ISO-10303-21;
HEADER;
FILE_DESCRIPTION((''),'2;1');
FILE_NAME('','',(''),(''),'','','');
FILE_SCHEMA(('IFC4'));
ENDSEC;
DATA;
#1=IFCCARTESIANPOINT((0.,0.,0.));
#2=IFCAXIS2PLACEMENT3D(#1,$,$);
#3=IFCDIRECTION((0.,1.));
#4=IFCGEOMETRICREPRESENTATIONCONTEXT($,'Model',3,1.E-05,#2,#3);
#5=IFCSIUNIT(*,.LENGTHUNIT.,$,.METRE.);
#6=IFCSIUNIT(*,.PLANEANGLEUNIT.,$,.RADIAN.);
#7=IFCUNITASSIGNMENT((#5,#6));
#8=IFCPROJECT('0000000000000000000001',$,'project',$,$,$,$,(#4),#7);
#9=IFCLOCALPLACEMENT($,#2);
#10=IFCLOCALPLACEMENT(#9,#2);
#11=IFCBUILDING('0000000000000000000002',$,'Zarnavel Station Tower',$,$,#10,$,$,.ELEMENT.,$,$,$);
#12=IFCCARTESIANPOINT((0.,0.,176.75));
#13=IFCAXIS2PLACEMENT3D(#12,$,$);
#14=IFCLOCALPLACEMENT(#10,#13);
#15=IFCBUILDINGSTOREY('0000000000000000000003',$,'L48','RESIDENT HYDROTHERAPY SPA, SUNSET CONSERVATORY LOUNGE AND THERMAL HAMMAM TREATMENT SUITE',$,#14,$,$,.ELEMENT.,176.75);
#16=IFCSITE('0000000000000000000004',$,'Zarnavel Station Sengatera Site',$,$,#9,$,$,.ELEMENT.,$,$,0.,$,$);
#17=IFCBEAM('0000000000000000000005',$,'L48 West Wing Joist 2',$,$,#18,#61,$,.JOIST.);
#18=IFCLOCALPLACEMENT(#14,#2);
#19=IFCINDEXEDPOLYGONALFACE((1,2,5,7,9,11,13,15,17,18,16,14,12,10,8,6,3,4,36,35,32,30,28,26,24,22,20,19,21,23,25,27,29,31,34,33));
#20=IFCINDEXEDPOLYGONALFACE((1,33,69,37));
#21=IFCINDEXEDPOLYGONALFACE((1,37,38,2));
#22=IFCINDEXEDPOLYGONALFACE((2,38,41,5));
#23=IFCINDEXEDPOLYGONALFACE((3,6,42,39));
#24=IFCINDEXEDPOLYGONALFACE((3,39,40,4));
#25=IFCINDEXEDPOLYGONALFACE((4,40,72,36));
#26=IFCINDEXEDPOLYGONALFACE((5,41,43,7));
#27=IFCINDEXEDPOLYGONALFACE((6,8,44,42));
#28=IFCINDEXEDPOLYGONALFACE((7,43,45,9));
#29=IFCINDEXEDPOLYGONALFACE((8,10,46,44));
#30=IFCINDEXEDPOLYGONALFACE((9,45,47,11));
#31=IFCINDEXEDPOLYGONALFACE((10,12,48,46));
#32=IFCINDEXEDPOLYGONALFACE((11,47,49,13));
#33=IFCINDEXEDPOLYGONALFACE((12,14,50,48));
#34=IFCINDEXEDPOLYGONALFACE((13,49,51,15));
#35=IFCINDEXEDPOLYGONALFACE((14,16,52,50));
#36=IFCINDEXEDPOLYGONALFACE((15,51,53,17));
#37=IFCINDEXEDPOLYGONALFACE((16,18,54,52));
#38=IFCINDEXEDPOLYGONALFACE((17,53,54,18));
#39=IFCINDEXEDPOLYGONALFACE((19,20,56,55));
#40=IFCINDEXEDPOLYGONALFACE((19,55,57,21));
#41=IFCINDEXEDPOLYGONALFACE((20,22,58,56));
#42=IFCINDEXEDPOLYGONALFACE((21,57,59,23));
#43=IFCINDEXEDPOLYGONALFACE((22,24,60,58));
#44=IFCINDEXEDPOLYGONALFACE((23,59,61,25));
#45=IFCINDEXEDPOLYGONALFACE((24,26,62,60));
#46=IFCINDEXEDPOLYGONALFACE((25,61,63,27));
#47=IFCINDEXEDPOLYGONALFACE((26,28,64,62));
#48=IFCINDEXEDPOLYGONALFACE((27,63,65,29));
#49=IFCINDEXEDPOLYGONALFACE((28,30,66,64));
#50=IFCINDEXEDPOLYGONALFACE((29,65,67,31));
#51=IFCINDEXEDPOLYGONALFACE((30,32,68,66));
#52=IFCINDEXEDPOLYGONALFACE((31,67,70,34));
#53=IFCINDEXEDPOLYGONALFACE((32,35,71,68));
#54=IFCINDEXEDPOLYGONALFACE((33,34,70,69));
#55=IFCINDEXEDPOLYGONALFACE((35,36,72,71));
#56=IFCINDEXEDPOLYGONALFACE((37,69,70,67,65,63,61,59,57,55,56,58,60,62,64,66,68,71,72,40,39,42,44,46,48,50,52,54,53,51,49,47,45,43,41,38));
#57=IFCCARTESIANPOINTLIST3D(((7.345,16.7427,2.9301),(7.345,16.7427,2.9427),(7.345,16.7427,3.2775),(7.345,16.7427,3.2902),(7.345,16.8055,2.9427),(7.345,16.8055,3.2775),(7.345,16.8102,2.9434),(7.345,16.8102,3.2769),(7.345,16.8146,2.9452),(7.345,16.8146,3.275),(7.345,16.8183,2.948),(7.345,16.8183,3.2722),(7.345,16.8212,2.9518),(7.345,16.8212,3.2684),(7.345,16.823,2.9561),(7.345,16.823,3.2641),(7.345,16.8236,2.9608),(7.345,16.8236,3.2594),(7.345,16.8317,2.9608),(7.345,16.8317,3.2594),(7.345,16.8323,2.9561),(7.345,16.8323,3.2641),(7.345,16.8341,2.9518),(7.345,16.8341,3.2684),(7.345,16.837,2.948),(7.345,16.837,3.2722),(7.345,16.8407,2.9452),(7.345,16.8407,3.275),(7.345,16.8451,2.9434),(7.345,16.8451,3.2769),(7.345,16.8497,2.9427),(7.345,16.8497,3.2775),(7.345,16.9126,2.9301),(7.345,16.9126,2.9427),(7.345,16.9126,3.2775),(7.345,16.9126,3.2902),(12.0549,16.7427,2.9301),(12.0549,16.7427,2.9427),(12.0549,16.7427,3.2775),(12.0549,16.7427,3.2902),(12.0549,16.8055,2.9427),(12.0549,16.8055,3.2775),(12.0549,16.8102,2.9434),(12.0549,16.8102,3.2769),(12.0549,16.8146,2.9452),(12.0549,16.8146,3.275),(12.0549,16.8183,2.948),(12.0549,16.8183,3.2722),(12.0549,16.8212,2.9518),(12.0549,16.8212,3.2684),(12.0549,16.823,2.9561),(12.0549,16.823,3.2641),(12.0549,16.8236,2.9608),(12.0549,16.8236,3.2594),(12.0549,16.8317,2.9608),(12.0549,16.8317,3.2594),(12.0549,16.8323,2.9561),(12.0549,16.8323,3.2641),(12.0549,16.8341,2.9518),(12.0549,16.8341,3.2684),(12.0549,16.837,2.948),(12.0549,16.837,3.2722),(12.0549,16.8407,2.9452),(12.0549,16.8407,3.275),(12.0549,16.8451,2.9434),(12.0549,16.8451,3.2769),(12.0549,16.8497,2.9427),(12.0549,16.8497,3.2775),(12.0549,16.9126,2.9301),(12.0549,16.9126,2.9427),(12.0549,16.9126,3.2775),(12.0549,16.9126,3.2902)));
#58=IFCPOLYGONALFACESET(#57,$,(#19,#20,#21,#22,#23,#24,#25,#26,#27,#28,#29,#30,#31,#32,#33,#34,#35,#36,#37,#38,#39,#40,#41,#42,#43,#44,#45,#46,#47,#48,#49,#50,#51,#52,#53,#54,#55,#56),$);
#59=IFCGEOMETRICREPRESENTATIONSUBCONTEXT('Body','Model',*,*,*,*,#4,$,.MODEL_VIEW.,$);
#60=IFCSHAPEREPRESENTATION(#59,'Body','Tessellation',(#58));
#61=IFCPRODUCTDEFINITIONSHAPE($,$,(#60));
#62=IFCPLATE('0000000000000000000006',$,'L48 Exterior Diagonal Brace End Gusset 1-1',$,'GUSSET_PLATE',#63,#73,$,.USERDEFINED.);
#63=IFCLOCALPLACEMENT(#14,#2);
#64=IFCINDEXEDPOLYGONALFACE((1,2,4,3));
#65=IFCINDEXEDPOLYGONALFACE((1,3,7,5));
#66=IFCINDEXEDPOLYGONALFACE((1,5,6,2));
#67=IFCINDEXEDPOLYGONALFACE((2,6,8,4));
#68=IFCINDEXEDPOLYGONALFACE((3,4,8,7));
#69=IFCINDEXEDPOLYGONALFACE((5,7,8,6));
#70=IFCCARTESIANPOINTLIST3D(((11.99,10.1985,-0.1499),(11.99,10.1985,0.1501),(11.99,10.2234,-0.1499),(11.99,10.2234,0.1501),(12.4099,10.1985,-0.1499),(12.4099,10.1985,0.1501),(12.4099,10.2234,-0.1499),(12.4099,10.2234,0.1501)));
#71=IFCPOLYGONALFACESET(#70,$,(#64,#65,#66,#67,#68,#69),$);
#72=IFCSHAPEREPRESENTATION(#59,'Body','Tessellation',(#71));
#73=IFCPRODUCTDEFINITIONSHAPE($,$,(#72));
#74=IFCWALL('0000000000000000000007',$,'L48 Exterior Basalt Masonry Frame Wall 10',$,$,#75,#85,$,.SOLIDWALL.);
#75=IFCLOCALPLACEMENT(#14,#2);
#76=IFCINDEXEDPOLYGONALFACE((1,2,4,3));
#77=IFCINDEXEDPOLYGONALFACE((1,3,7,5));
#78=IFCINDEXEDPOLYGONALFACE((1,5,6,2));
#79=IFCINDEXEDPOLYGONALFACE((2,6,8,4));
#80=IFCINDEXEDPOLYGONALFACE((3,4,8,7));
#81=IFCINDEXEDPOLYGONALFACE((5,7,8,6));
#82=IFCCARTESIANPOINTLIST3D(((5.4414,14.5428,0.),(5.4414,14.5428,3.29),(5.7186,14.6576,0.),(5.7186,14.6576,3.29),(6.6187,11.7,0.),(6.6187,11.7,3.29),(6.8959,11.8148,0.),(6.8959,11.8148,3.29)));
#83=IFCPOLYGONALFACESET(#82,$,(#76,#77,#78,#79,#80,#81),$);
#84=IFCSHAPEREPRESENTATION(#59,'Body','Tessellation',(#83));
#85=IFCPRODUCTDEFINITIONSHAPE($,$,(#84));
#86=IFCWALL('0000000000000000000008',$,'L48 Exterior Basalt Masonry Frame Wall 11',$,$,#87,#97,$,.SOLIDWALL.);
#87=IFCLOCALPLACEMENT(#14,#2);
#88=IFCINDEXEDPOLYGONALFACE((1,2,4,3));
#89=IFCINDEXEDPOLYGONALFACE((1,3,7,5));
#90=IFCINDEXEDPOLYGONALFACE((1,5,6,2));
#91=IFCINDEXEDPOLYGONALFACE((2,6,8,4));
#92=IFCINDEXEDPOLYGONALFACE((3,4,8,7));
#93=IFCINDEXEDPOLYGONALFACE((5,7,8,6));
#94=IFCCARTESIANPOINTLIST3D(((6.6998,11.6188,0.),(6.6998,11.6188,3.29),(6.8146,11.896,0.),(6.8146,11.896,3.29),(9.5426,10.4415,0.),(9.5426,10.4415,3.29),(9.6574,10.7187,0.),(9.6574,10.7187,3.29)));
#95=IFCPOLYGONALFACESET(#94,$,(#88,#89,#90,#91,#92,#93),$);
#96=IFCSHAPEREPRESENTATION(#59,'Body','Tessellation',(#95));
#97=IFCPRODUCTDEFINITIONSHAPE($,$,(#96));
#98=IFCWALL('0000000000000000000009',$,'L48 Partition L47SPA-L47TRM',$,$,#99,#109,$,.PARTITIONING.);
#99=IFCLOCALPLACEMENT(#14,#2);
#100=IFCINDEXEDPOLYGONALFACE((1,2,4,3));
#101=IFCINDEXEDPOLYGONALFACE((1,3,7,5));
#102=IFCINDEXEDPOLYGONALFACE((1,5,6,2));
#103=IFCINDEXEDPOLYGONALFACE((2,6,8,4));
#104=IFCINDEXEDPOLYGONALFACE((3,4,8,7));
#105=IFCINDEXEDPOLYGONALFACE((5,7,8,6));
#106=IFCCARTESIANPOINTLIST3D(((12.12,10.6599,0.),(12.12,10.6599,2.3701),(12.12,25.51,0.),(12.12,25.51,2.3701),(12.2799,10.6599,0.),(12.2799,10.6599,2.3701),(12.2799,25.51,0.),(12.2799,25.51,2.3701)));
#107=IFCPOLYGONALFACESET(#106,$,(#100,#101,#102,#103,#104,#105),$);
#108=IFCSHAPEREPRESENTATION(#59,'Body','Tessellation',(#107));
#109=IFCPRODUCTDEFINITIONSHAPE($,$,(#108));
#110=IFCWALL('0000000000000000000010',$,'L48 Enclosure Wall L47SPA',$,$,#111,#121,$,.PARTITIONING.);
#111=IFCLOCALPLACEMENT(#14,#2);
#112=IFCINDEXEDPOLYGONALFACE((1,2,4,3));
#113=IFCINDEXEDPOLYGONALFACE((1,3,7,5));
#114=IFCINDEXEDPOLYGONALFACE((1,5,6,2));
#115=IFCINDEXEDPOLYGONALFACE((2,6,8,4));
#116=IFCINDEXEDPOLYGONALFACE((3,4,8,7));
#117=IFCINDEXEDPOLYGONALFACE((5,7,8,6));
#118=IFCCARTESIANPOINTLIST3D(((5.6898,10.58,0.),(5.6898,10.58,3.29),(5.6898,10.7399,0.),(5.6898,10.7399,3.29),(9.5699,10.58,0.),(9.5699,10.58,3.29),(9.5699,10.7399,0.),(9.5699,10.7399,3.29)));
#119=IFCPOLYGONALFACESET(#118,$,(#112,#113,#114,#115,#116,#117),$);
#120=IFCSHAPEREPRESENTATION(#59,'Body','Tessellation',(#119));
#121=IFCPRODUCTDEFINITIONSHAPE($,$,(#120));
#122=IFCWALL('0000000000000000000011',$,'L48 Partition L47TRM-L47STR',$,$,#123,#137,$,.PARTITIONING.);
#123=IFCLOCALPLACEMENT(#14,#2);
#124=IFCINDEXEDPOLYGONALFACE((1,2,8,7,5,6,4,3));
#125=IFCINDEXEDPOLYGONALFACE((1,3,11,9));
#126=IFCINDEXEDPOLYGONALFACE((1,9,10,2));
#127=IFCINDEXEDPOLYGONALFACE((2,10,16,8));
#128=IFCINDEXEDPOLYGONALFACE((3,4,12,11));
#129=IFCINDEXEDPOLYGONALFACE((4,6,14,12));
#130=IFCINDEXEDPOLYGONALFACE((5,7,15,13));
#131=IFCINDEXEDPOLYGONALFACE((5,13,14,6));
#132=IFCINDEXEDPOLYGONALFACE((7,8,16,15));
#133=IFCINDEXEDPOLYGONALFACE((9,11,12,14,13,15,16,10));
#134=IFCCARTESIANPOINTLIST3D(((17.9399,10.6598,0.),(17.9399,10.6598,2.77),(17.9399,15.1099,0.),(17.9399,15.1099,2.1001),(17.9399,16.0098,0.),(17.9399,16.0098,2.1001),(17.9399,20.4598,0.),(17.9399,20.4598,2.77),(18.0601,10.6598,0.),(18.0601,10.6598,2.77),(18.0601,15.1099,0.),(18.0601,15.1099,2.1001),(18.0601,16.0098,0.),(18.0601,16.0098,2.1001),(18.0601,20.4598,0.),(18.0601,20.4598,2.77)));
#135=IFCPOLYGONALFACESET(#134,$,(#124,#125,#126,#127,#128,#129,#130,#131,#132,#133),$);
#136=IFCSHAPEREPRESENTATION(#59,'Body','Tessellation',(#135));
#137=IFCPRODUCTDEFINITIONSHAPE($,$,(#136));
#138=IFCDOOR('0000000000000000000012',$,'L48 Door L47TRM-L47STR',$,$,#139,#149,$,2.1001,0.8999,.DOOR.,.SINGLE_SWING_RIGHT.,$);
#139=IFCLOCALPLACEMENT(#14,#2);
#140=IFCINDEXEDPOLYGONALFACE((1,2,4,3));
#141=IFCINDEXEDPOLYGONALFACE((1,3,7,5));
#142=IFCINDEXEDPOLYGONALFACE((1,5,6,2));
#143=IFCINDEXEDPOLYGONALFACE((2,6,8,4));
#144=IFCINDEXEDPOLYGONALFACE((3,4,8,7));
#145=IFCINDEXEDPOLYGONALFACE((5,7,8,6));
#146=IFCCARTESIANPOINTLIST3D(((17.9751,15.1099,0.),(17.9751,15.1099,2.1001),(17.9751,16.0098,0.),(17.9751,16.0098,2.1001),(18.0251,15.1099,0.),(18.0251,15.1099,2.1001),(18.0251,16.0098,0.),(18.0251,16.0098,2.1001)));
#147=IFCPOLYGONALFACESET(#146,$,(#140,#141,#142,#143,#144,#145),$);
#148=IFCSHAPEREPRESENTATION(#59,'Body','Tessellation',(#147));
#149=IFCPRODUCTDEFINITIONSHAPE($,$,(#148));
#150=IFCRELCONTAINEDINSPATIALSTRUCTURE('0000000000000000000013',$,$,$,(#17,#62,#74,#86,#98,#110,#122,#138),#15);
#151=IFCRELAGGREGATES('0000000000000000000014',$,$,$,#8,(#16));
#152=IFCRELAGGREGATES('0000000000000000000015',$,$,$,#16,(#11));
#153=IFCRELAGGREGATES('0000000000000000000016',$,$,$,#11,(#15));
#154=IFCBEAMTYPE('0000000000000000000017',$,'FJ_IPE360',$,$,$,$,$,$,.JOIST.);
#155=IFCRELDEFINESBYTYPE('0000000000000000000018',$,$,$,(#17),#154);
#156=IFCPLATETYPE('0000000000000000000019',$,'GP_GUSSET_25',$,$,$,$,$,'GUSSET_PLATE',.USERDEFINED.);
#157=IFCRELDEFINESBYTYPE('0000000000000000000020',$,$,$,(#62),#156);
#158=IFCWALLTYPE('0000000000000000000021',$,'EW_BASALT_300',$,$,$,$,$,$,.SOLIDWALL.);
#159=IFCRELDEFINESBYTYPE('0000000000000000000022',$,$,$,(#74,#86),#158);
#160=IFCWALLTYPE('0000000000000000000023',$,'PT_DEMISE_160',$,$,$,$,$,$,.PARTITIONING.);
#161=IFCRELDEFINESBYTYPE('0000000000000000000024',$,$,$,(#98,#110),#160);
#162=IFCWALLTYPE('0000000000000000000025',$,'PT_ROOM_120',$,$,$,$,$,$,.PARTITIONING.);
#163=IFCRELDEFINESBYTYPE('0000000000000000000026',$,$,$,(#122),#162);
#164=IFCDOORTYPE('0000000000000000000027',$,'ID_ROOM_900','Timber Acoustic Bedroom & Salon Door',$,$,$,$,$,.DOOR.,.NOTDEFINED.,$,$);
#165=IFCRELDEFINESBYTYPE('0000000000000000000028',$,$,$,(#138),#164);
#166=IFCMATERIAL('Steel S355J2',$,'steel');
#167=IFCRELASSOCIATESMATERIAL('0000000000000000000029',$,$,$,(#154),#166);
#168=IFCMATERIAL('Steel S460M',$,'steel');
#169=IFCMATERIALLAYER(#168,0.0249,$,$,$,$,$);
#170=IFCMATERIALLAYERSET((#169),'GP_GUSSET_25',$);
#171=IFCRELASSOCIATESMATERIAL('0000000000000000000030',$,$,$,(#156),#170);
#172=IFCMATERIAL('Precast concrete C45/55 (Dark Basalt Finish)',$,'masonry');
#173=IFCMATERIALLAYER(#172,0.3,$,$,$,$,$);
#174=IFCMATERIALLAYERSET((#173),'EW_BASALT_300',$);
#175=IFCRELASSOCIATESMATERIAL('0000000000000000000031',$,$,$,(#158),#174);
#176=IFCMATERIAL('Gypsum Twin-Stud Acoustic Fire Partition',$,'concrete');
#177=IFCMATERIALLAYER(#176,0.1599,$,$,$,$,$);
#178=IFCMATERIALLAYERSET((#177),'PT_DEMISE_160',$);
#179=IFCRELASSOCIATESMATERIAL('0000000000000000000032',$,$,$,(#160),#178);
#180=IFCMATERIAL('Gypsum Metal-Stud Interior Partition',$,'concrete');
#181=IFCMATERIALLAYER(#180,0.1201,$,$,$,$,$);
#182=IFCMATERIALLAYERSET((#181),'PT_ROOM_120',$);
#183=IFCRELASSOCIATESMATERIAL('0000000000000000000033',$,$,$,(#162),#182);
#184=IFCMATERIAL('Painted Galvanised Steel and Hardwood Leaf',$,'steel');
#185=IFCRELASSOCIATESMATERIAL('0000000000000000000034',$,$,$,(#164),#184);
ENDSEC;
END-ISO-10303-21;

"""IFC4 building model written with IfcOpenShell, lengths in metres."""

from ifc_helpers import new_model, si_unit, direction, frame, frame_2d, origin, origin_2d, place, context, subcontext, project, spatial, rectangle, i_section, extrude, material, layer, layer_set, material_profile, profile_set, type_object, element, fill, save


model = new_model("IFC4")

# Units and contexts
model_context = context("Model", 3, precision=1e-05, world=origin(), true_north=direction((0.0, 1.0)))
body_context = subcontext(model_context, "Body", "Model", "MODEL_VIEW")
ifc_project = project(units=[si_unit("LENGTHUNIT", "METRE"), si_unit("PLANEANGLEUNIT", "RADIAN")], contexts=[model_context])

# Site, building, storey
site_placement = place(None, origin())
site = spatial("IfcSite", under=ifc_project, at=site_placement, Name="Zarnavel Station Sengatera Site", CompositionType="ELEMENT", RefElevation=0.0)
building_placement = place(site_placement, origin())
building = spatial("IfcBuilding", under=site, at=building_placement, Name="Zarnavel Station Tower", CompositionType="ELEMENT")
storey_placement = place(building_placement, frame((0.0, 0.0, 176.75)))
storey = spatial("IfcBuildingStorey", under=building, at=storey_placement, Name="L48", Description="RESIDENT HYDROTHERAPY SPA, SUNSET CONSERVATORY LOUNGE AND THERMAL HAMMAM TREATMENT SUITE", CompositionType="ELEMENT", Elevation=176.75)

# Beam
ifc_material_1 = material(Name="Steel S355J2", Category="steel")
ifc_material_profile_1 = material_profile(ifc_material_1, i_section(OverallWidth=0.1699, OverallDepth=0.3601, WebThickness=0.0081, FlangeThickness=0.0127, FilletRadius=0.0181, at=origin_2d()), Name="IPE360")
ifc_profile_set_1 = profile_set([ifc_material_profile_1], Name="Steel S355J2")
beam_type_1 = type_object("IfcBeamType", Name="FJ_IPE360", PredefinedType="JOIST", material=ifc_profile_set_1)
for number, where, z_axis, x_axis, name in (
    (1, (7.345, 16.8276, 3.1101), (1.0, 0.0, 0.0), (0.0, 1.0, 0.0), "L48 West Wing Joist 2"),
):
    element("IfcBeam", number, at=place(storey_placement, frame(where, z_axis=z_axis, x_axis=x_axis)), inside=storey, type_object=beam_type_1, Name=name, PredefinedType="JOIST", context=body_context, shape_type="SweptSolid", body=[
        extrude(i_section(OverallWidth=0.1699, OverallDepth=0.3601, WebThickness=0.0081, FlangeThickness=0.0127, FilletRadius=0.0181, at=origin_2d()), origin(), (0.0, 0.0, 1.0), 4.71),
    ])

# Plate
ifc_material_2 = material(Name="Steel S460M", Category="steel")
ifc_layer_1 = layer(ifc_material_2, 0.0249)
ifc_layer_set_1 = layer_set([ifc_layer_1], Name="GP_GUSSET_25")
plate_type = type_object("IfcPlateType", Name="GP_GUSSET_25", ElementType="GUSSET_PLATE", PredefinedType="USERDEFINED", material=ifc_layer_set_1)
plate_placement = place(storey_placement, frame((12.2, 10.2109, -0.1499), z_axis=(0.0, 0.0, 1.0), x_axis=(1.0, 0.0, 0.0)))
element("IfcPlate", 2, at=plate_placement, inside=storey, type_object=plate_type, Name="L48 Exterior Diagonal Brace End Gusset 1-1", ObjectType="GUSSET_PLATE", PredefinedType="USERDEFINED", context=body_context, shape_type="SweptSolid", body=[
    extrude(rectangle(XDim=0.4199, YDim=0.0249, at=origin_2d()), origin(), (0.0, 0.0, 1.0), 0.3),
])

# Walls
ifc_material_3 = material(Name="Precast concrete C45/55 (Dark Basalt Finish)", Category="masonry")
ifc_layer_2 = layer(ifc_material_3, 0.3)
ifc_layer_set_2 = layer_set([ifc_layer_2], Name="EW_BASALT_300")
wall_type_1 = type_object("IfcWallType", Name="EW_BASALT_300", PredefinedType="SOLIDWALL", material=ifc_layer_set_2)
for number, where, z_axis, x_axis, name in (
    (3, (6.7573, 11.7573, 0.0), (0.0, 0.0, 1.0), (-0.382609, 0.92391, 0.0), "L48 Exterior Basalt Masonry Frame Wall 10"),
    (4, (9.6001, 10.5801, 0.0), (0.0, 0.0, 1.0), (-0.92391, 0.382609, 0.0), "L48 Exterior Basalt Masonry Frame Wall 11"),
):
    element("IfcWall", number, at=place(storey_placement, frame(where, z_axis=z_axis, x_axis=x_axis)), inside=storey, type_object=wall_type_1, Name=name, PredefinedType="SOLIDWALL", context=body_context, shape_type="SweptSolid", body=[
        extrude(rectangle(XDim=3.0769, YDim=0.3, at=frame_2d((1.5386, 0.0))), origin(), (0.0, 0.0, 1.0), 3.29),
    ])
ifc_material_4 = material(Name="Gypsum Twin-Stud Acoustic Fire Partition", Category="concrete")
ifc_layer_3 = layer(ifc_material_4, 0.1599)
ifc_layer_set_3 = layer_set([ifc_layer_3], Name="PT_DEMISE_160")
wall_type_2 = type_object("IfcWallType", Name="PT_DEMISE_160", PredefinedType="PARTITIONING", material=ifc_layer_set_3)
wall_1_placement = place(storey_placement, frame((12.2, 10.6599, 0.0), z_axis=(0.0, 0.0, 1.0), x_axis=(0.0, 1.0, 0.0)))
element("IfcWall", 5, at=wall_1_placement, inside=storey, type_object=wall_type_2, Name="L48 Partition L47SPA-L47TRM", PredefinedType="PARTITIONING", context=body_context, shape_type="SweptSolid", body=[
    extrude(rectangle(XDim=14.8501, YDim=0.1599, at=frame_2d((7.425, 0.0))), origin(), (0.0, 0.0, 1.0), 2.3701),
])
wall_2_placement = place(storey_placement, frame((5.6899, 10.6599, 0.0), z_axis=(0.0, 0.0, 1.0), x_axis=(1.0, 0.0, 0.0)))
element("IfcWall", 6, at=wall_2_placement, inside=storey, type_object=wall_type_2, Name="L48 Enclosure Wall L47SPA", PredefinedType="PARTITIONING", context=body_context, shape_type="SweptSolid", body=[
    extrude(rectangle(XDim=3.8801, YDim=0.1599, at=frame_2d((1.9399, 0.0))), origin(), (0.0, 0.0, 1.0), 3.29),
])

# Wall, opening, door
ifc_material_5 = material(Name="Gypsum Metal-Stud Interior Partition", Category="concrete")
ifc_layer_4 = layer(ifc_material_5, 0.1201)
ifc_layer_set_4 = layer_set([ifc_layer_4], Name="PT_ROOM_120")
wall_type_3 = type_object("IfcWallType", Name="PT_ROOM_120", PredefinedType="PARTITIONING", material=ifc_layer_set_4)
wall_3_placement = place(storey_placement, frame((18.0, 10.6599, 0.0), z_axis=(0.0, 0.0, 1.0), x_axis=(0.0, 1.0, 0.0)))
wall_3 = element("IfcWall", 7, at=wall_3_placement, inside=storey, type_object=wall_type_3, Name="L48 Partition L47TRM-L47STR", PredefinedType="PARTITIONING", context=body_context, shape_type="SweptSolid", body=[
    extrude(rectangle(XDim=9.8, YDim=0.1201, at=frame_2d((4.8999, 0.0))), origin(), (0.0, 0.0, 1.0), 2.77),
])
opening_placement = place(wall_3_placement, frame((4.45, 0.0, 0.0)))
opening = element("IfcOpeningElement", 8, at=opening_placement, cuts=wall_3, PredefinedType="OPENING", context=body_context, shape_type="SweptSolid", body=[
    extrude(rectangle(XDim=0.8999, YDim=2.1001, at=frame_2d((0.45, 1.05))), frame((0.0, 0.0701, 0.0), z_axis=(0.0, -1.0, 0.0), x_axis=(1.0, 0.0, 0.0)), (0.0, 0.0, 1.0), 0.1401),
])
ifc_material_6 = material(Name="Painted Galvanised Steel and Hardwood Leaf", Category="steel")
door_type = type_object("IfcDoorType", Name="ID_ROOM_900", Description="Timber Acoustic Bedroom & Salon Door", OperationType="NOTDEFINED", PredefinedType="DOOR", material=ifc_material_6)
door_placement = place(opening_placement, origin())
door = element("IfcDoor", 9, at=door_placement, inside=storey, type_object=door_type, Name="L48 Door L47TRM-L47STR", OperationType="SINGLE_SWING_RIGHT", OverallHeight=2.1001, OverallWidth=0.8999, PredefinedType="DOOR", context=body_context, shape_type="SweptSolid", body=[
    extrude(rectangle(XDim=0.8999, YDim=2.1001, at=frame_2d((0.45, 1.05))), frame((0.0, 0.0249, 0.0), z_axis=(0.0, -1.0, 0.0), x_axis=(1.0, 0.0, 0.0)), (0.0, 0.0, 1.0), 0.05),
])
fill(opening, door)

save(model, "model.ifc")
